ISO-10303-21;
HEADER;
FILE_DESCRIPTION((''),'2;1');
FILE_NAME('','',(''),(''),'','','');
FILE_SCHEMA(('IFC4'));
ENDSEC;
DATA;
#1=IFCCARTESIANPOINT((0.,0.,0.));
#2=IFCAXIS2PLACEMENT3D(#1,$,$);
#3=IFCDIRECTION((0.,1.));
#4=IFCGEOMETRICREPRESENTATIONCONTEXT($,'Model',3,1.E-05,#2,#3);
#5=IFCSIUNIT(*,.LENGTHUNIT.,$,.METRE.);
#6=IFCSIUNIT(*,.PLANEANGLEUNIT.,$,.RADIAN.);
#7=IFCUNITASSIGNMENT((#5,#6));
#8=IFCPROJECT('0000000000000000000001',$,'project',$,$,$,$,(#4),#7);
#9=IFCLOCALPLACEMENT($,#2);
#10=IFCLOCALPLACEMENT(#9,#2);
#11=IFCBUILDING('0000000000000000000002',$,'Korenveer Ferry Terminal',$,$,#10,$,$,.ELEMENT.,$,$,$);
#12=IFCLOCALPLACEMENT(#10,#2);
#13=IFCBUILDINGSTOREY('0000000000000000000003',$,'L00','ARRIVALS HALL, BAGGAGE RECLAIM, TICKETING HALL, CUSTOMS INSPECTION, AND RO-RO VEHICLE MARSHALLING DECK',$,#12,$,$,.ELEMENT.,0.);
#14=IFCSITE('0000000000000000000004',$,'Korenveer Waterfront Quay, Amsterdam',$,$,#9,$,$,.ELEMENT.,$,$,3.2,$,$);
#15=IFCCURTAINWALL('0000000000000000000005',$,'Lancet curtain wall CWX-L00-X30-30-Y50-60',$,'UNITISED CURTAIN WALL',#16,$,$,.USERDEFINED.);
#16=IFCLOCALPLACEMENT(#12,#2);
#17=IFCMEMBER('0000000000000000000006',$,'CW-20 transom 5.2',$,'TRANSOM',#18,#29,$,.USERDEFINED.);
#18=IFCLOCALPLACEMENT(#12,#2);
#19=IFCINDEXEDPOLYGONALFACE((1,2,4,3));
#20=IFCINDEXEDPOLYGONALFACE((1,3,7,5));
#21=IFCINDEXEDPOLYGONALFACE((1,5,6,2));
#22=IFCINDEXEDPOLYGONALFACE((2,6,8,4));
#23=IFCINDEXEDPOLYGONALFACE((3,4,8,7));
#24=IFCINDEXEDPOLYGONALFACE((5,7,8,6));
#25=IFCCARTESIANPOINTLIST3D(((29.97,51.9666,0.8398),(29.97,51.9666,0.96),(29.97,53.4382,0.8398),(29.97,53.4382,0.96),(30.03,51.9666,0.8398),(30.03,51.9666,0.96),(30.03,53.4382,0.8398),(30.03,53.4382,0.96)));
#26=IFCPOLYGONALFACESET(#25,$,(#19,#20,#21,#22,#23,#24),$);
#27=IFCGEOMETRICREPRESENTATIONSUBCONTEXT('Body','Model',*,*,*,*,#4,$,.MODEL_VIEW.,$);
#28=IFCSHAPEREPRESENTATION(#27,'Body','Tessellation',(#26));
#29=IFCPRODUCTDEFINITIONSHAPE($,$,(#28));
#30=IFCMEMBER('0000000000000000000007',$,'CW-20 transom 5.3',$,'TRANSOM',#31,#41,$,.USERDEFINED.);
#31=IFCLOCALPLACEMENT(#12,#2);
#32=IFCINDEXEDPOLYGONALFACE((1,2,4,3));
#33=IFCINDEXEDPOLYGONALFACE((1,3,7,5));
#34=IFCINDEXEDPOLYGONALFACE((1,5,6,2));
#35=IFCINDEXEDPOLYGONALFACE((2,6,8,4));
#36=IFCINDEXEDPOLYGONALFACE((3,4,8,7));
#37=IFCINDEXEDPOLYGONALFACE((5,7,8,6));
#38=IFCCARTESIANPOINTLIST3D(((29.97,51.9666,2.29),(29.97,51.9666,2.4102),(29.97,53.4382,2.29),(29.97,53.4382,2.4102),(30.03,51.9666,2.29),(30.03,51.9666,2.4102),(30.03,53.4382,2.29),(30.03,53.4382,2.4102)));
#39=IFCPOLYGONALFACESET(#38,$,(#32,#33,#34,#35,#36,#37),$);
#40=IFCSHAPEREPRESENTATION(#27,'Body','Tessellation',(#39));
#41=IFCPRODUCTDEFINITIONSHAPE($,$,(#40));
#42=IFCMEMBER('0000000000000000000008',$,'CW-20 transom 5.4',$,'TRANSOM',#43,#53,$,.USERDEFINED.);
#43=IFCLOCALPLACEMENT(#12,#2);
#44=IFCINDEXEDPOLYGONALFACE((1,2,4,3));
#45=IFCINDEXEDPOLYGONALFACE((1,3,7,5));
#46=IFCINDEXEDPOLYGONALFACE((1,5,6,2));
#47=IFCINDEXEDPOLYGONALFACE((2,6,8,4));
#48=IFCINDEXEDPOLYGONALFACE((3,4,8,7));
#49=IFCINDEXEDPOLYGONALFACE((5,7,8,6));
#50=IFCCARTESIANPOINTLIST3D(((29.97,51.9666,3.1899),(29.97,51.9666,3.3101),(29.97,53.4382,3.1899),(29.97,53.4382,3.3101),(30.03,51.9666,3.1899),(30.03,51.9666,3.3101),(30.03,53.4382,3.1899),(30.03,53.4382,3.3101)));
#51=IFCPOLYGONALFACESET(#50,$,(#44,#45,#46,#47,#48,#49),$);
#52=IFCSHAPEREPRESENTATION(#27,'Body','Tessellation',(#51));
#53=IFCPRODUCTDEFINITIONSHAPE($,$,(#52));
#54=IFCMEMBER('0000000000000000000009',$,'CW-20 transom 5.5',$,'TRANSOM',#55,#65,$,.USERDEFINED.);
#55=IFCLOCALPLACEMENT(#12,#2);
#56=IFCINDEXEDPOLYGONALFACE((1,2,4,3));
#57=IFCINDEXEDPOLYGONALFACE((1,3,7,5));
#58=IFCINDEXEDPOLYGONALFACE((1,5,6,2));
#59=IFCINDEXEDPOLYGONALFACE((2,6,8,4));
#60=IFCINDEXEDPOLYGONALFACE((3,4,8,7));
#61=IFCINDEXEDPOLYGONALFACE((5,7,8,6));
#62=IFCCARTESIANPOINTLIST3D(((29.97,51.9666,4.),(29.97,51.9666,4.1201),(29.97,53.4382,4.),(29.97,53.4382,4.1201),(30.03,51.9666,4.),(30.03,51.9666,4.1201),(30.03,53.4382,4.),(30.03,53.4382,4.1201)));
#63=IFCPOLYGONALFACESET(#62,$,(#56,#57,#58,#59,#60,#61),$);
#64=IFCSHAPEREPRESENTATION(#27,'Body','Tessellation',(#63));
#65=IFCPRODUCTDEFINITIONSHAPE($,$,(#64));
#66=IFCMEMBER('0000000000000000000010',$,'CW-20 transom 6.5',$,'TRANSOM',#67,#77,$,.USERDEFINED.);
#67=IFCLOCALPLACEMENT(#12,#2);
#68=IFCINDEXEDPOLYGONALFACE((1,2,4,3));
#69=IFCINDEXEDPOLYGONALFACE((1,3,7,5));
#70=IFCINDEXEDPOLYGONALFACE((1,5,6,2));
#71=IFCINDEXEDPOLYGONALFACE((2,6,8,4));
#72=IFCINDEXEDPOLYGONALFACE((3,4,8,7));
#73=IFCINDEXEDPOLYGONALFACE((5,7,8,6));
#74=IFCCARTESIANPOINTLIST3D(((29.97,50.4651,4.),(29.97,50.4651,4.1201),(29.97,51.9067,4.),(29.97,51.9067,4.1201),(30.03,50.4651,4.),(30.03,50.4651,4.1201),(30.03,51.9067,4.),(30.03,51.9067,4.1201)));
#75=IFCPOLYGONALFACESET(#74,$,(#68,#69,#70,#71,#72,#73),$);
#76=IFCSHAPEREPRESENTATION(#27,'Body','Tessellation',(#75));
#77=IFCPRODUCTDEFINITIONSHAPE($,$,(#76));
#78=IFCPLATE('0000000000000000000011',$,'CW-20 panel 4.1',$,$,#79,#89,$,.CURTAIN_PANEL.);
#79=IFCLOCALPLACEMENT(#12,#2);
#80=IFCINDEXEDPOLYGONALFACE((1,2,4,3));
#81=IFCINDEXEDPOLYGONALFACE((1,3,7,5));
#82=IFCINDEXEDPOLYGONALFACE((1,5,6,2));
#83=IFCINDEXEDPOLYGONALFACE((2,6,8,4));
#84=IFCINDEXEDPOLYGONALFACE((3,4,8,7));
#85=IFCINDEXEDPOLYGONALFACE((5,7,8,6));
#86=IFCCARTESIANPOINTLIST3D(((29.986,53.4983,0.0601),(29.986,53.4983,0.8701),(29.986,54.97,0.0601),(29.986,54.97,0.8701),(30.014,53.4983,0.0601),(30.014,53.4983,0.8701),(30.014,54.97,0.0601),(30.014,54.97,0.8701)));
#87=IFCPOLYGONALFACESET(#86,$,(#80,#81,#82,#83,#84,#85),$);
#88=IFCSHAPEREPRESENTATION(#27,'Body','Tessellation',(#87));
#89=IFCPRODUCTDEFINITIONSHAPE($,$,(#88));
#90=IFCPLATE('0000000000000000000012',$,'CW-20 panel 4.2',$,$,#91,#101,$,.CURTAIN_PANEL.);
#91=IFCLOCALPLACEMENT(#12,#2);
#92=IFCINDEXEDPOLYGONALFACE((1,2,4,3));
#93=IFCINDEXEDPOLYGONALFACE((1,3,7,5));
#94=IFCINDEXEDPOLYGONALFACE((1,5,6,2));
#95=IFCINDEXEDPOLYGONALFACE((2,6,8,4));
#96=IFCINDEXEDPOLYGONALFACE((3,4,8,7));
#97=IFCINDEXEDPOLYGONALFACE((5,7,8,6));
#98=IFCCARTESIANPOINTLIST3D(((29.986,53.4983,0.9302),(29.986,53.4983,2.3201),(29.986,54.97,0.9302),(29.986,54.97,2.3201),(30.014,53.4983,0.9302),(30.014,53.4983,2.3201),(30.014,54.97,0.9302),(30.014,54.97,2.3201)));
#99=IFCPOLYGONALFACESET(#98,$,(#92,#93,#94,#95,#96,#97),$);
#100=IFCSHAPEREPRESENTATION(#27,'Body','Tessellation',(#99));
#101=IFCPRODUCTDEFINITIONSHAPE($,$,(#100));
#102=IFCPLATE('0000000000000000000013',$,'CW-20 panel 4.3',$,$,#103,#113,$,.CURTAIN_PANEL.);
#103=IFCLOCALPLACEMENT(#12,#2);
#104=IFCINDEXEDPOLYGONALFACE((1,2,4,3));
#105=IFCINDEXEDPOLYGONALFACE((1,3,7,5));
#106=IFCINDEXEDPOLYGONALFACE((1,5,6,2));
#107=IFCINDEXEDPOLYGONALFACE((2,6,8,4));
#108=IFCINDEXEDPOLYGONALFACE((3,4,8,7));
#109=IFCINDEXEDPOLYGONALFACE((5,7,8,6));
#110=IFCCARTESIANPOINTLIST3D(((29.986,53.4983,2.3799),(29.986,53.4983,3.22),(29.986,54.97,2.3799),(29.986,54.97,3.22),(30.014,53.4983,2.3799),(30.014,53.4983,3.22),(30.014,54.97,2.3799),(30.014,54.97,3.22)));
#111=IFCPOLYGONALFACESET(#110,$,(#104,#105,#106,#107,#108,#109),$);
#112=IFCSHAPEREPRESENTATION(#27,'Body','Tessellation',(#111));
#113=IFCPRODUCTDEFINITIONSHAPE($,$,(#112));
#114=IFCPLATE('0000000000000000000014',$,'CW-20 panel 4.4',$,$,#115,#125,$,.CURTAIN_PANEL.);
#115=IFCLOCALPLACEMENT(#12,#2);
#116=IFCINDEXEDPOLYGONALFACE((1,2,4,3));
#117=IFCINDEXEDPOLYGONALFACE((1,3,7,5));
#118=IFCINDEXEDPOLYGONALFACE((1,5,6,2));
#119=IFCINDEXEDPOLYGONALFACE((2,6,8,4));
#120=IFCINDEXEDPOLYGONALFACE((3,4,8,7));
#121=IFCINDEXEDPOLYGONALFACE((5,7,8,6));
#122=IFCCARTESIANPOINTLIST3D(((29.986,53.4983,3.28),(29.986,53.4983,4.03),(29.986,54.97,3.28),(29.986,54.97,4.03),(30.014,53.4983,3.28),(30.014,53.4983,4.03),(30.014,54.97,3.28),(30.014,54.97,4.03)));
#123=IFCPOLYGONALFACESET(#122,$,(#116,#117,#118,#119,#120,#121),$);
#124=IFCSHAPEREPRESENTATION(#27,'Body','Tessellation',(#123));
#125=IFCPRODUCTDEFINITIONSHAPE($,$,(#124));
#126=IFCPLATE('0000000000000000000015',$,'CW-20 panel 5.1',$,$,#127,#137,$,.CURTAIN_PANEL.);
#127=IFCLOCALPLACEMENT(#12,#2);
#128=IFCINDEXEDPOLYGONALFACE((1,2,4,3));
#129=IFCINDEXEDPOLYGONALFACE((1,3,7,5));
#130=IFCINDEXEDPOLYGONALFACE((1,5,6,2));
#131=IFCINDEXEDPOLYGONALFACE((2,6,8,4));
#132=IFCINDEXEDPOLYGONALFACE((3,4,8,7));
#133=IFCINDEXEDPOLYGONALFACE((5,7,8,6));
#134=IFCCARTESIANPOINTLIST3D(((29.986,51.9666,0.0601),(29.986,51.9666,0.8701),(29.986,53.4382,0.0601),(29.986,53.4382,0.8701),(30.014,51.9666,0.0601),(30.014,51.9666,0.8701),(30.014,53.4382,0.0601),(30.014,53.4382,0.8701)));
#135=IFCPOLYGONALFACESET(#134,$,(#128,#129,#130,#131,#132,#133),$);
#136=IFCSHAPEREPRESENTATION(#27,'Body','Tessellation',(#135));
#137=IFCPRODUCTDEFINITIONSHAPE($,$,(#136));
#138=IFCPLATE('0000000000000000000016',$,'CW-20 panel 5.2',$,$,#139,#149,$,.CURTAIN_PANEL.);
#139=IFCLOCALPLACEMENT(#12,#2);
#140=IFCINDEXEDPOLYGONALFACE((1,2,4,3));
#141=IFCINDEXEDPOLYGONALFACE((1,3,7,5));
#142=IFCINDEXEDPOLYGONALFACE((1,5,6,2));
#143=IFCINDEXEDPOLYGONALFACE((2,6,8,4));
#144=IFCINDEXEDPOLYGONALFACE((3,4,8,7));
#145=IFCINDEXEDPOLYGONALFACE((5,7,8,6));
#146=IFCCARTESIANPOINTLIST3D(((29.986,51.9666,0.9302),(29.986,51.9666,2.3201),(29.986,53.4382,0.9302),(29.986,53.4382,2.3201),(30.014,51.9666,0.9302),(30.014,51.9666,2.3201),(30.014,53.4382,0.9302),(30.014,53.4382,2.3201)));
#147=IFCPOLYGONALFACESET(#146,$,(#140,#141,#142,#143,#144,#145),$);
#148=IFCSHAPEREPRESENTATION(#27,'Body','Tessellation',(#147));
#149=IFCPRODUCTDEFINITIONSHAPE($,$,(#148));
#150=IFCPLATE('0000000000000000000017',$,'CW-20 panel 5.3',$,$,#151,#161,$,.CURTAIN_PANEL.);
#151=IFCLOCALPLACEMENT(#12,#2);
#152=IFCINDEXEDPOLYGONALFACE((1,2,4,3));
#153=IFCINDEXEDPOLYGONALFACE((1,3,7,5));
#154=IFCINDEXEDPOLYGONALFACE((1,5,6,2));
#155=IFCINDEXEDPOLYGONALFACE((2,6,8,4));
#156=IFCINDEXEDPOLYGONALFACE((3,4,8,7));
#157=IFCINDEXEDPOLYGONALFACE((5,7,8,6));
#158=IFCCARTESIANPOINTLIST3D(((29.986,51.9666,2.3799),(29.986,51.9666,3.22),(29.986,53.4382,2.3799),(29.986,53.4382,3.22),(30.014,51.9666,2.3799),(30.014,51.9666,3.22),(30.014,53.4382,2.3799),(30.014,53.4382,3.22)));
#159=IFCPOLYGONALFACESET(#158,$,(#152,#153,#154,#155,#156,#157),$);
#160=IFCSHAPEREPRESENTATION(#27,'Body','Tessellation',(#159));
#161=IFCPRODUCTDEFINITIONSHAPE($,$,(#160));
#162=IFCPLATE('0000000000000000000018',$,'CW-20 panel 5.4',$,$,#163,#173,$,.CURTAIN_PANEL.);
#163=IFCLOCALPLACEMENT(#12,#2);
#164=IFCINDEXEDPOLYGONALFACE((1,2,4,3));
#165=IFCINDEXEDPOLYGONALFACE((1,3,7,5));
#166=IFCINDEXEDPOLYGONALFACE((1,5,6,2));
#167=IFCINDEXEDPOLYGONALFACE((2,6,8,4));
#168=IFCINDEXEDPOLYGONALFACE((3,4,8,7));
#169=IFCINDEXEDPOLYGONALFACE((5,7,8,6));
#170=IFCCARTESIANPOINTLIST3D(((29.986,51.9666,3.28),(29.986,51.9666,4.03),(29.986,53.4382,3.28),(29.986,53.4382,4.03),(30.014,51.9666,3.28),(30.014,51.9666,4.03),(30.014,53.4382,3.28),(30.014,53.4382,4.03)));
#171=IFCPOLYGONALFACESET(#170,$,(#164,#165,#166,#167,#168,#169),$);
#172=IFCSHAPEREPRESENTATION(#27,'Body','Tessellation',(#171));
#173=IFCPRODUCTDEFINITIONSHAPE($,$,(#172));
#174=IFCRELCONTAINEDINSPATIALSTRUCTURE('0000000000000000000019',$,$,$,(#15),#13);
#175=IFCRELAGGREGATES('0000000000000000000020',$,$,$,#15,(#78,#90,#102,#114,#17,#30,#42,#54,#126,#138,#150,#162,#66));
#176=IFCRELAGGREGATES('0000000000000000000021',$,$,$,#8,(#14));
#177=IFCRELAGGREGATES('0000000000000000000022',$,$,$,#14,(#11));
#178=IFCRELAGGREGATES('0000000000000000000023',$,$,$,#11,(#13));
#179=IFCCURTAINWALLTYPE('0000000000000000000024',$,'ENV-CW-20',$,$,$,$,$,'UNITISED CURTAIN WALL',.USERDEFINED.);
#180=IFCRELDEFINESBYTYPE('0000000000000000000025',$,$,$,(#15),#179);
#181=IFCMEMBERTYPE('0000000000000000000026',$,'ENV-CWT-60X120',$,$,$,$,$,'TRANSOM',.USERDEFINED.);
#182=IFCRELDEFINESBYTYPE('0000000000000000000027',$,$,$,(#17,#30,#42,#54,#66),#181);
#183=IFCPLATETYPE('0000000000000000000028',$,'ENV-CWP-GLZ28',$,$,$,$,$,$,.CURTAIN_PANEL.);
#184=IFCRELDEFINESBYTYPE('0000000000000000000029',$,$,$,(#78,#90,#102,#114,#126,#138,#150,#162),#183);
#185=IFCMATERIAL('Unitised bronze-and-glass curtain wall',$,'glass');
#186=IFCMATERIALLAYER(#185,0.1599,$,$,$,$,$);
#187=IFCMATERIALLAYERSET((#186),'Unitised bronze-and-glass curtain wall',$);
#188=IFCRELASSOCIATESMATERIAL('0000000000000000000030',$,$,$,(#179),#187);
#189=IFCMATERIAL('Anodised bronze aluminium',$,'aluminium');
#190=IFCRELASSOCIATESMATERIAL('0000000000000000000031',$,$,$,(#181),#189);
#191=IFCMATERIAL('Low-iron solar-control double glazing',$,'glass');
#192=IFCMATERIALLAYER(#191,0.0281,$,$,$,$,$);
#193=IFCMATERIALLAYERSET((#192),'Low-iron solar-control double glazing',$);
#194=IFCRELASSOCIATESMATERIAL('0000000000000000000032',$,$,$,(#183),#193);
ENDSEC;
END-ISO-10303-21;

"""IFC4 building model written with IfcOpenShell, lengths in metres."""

from ifc_helpers import new_model, si_unit, direction, frame, origin, origin_2d, place, context, subcontext, project, spatial, rectangle, extrude, material, layer, layer_set, material_profile, profile_set, type_object, element, aggregate, save


model = new_model("IFC4")

# Units and contexts
model_context = context("Model", 3, precision=1e-05, world=origin(), true_north=direction((0.0, 1.0)))
body_context = subcontext(model_context, "Body", "Model", "MODEL_VIEW")
ifc_project = project(units=[si_unit("LENGTHUNIT", "METRE"), si_unit("PLANEANGLEUNIT", "RADIAN")], contexts=[model_context])

# Site, building, storey
site_placement = place(None, origin())
site = spatial("IfcSite", under=ifc_project, at=site_placement, Name="Korenveer Waterfront Quay, Amsterdam", CompositionType="ELEMENT", RefElevation=3.2)
building_placement = place(site_placement, origin())
building = spatial("IfcBuilding", under=site, at=building_placement, Name="Korenveer Ferry Terminal", CompositionType="ELEMENT")
storey_placement = place(building_placement, origin())
storey = spatial("IfcBuildingStorey", under=building, at=storey_placement, Name="L00", Description="ARRIVALS HALL, BAGGAGE RECLAIM, TICKETING HALL, CUSTOMS INSPECTION, AND RO-RO VEHICLE MARSHALLING DECK", CompositionType="ELEMENT", Elevation=0.0)

# Curtain wall, members, plates
ifc_material_1 = material(Name="Unitised bronze-and-glass curtain wall", Category="glass")
ifc_layer_1 = layer(ifc_material_1, 0.1599)
ifc_layer_set_1 = layer_set([ifc_layer_1], Name="Unitised bronze-and-glass curtain wall")
curtain_wall_type = type_object("IfcCurtainWallType", Name="ENV-CW-20", ElementType="UNITISED CURTAIN WALL", PredefinedType="USERDEFINED", material=ifc_layer_set_1)
curtain_wall_placement = place(storey_placement, frame((30.0, 59.595, 0.0)))
curtain_wall = element("IfcCurtainWall", 1, at=curtain_wall_placement, inside=storey, type_object=curtain_wall_type, Name="Lancet curtain wall CWX-L00-X30-30-Y50-60", ObjectType="UNITISED CURTAIN WALL", PredefinedType="USERDEFINED")
ifc_material_2 = material(Name="Anodised bronze aluminium", Category="aluminium")
ifc_material_profile_1 = material_profile(ifc_material_2, rectangle(XDim=0.0601, YDim=0.1201, at=origin_2d()), Name="ALU 60x120")
ifc_profile_set_1 = profile_set([ifc_material_profile_1], Name="Anodised bronze aluminium")
member_type_1 = type_object("IfcMemberType", Name="ENV-CWT-60X120", ElementType="TRANSOM", PredefinedType="USERDEFINED", material=ifc_profile_set_1)
member_1_placement = place(storey_placement, frame((30.0, 53.4382, 0.8999), z_axis=(0.0, -1.0, 0.0), x_axis=(1.0, 0.0, 0.0)))
member_1 = element("IfcMember", 2, at=member_1_placement, type_object=member_type_1, Name="CW-20 transom 5.2", ObjectType="TRANSOM", PredefinedType="USERDEFINED", context=body_context, shape_type="SweptSolid", body=[
    extrude(rectangle(XDim=0.0601, YDim=0.1201, at=origin_2d()), origin(), (0.0, 0.0, 1.0), 1.4717),
])
member_2_placement = place(storey_placement, frame((30.0, 53.4382, 2.3501), z_axis=(0.0, -1.0, 0.0), x_axis=(1.0, 0.0, 0.0)))
member_2 = element("IfcMember", 3, at=member_2_placement, type_object=member_type_1, Name="CW-20 transom 5.3", ObjectType="TRANSOM", PredefinedType="USERDEFINED", context=body_context, shape_type="SweptSolid", body=[
    extrude(rectangle(XDim=0.0601, YDim=0.1201, at=origin_2d()), origin(), (0.0, 0.0, 1.0), 1.4717),
])
member_3_placement = place(storey_placement, frame((30.0, 53.4382, 3.25), z_axis=(0.0, -1.0, 0.0), x_axis=(1.0, 0.0, 0.0)))
member_3 = element("IfcMember", 4, at=member_3_placement, type_object=member_type_1, Name="CW-20 transom 5.4", ObjectType="TRANSOM", PredefinedType="USERDEFINED", context=body_context, shape_type="SweptSolid", body=[
    extrude(rectangle(XDim=0.0601, YDim=0.1201, at=origin_2d()), origin(), (0.0, 0.0, 1.0), 1.4717),
])
member_4_placement = place(storey_placement, frame((30.0, 53.4382, 4.0601), z_axis=(0.0, -1.0, 0.0), x_axis=(1.0, 0.0, 0.0)))
member_4 = element("IfcMember", 5, at=member_4_placement, type_object=member_type_1, Name="CW-20 transom 5.5", ObjectType="TRANSOM", PredefinedType="USERDEFINED", context=body_context, shape_type="SweptSolid", body=[
    extrude(rectangle(XDim=0.0601, YDim=0.1201, at=origin_2d()), origin(), (0.0, 0.0, 1.0), 1.4717),
])
member_5_placement = place(storey_placement, frame((30.0, 51.9067, 4.0601), z_axis=(0.0, -1.0, 0.0), x_axis=(1.0, 0.0, 0.0)))
member_5 = element("IfcMember", 6, at=member_5_placement, type_object=member_type_1, Name="CW-20 transom 6.5", ObjectType="TRANSOM", PredefinedType="USERDEFINED", context=body_context, shape_type="SweptSolid", body=[
    extrude(rectangle(XDim=0.0601, YDim=0.1201, at=origin_2d()), origin(), (0.0, 0.0, 1.0), 1.4417),
])
ifc_material_3 = material(Name="Low-iron solar-control double glazing", Category="glass")
ifc_layer_2 = layer(ifc_material_3, 0.0281)
ifc_layer_set_2 = layer_set([ifc_layer_2], Name="Low-iron solar-control double glazing")
plate_type = type_object("IfcPlateType", Name="ENV-CWP-GLZ28", PredefinedType="CURTAIN_PANEL", material=ifc_layer_set_2)
plate_1_placement = place(storey_placement, frame((30.0, 54.2341, 0.0601), z_axis=(0.0, 0.0, 1.0), x_axis=(0.0, -1.0, 0.0)))
plate_1 = element("IfcPlate", 7, at=plate_1_placement, type_object=plate_type, Name="CW-20 panel 4.1", PredefinedType="CURTAIN_PANEL", context=body_context, shape_type="SweptSolid", body=[
    extrude(rectangle(XDim=1.4717, YDim=0.0281, at=origin_2d()), origin(), (0.0, 0.0, 1.0), 0.8101),
])
plate_2_placement = place(storey_placement, frame((30.0, 54.2341, 0.9302), z_axis=(0.0, 0.0, 1.0), x_axis=(0.0, -1.0, 0.0)))
plate_2 = element("IfcPlate", 8, at=plate_2_placement, type_object=plate_type, Name="CW-20 panel 4.2", PredefinedType="CURTAIN_PANEL", context=body_context, shape_type="SweptSolid", body=[
    extrude(rectangle(XDim=1.4717, YDim=0.0281, at=origin_2d()), origin(), (0.0, 0.0, 1.0), 1.3899),
])
plate_3_placement = place(storey_placement, frame((30.0, 54.2341, 2.3799), z_axis=(0.0, 0.0, 1.0), x_axis=(0.0, -1.0, 0.0)))
plate_3 = element("IfcPlate", 9, at=plate_3_placement, type_object=plate_type, Name="CW-20 panel 4.3", PredefinedType="CURTAIN_PANEL", context=body_context, shape_type="SweptSolid", body=[
    extrude(rectangle(XDim=1.4717, YDim=0.0281, at=origin_2d()), origin(), (0.0, 0.0, 1.0), 0.8401),
])
plate_4_placement = place(storey_placement, frame((30.0, 54.2341, 3.28), z_axis=(0.0, 0.0, 1.0), x_axis=(0.0, -1.0, 0.0)))
plate_4 = element("IfcPlate", 10, at=plate_4_placement, type_object=plate_type, Name="CW-20 panel 4.4", PredefinedType="CURTAIN_PANEL", context=body_context, shape_type="SweptSolid", body=[
    extrude(rectangle(XDim=1.4717, YDim=0.0281, at=origin_2d()), origin(), (0.0, 0.0, 1.0), 0.75),
])
plate_5_placement = place(storey_placement, frame((30.0, 52.7024, 0.0601), z_axis=(0.0, 0.0, 1.0), x_axis=(0.0, -1.0, 0.0)))
plate_5 = element("IfcPlate", 11, at=plate_5_placement, type_object=plate_type, Name="CW-20 panel 5.1", PredefinedType="CURTAIN_PANEL", context=body_context, shape_type="SweptSolid", body=[
    extrude(rectangle(XDim=1.4717, YDim=0.0281, at=origin_2d()), origin(), (0.0, 0.0, 1.0), 0.8101),
])
plate_6_placement = place(storey_placement, frame((30.0, 52.7024, 0.9302), z_axis=(0.0, 0.0, 1.0), x_axis=(0.0, -1.0, 0.0)))
plate_6 = element("IfcPlate", 12, at=plate_6_placement, type_object=plate_type, Name="CW-20 panel 5.2", PredefinedType="CURTAIN_PANEL", context=body_context, shape_type="SweptSolid", body=[
    extrude(rectangle(XDim=1.4717, YDim=0.0281, at=origin_2d()), origin(), (0.0, 0.0, 1.0), 1.3899),
])
plate_7_placement = place(storey_placement, frame((30.0, 52.7024, 2.3799), z_axis=(0.0, 0.0, 1.0), x_axis=(0.0, -1.0, 0.0)))
plate_7 = element("IfcPlate", 13, at=plate_7_placement, type_object=plate_type, Name="CW-20 panel 5.3", PredefinedType="CURTAIN_PANEL", context=body_context, shape_type="SweptSolid", body=[
    extrude(rectangle(XDim=1.4717, YDim=0.0281, at=origin_2d()), origin(), (0.0, 0.0, 1.0), 0.8401),
])
plate_8_placement = place(storey_placement, frame((30.0, 52.7024, 3.28), z_axis=(0.0, 0.0, 1.0), x_axis=(0.0, -1.0, 0.0)))
plate_8 = element("IfcPlate", 14, at=plate_8_placement, type_object=plate_type, Name="CW-20 panel 5.4", PredefinedType="CURTAIN_PANEL", context=body_context, shape_type="SweptSolid", body=[
    extrude(rectangle(XDim=1.4717, YDim=0.0281, at=origin_2d()), origin(), (0.0, 0.0, 1.0), 0.75),
])
aggregate(curtain_wall, [plate_1, plate_2, plate_3, plate_4, member_1, member_2, member_3, member_4, plate_5, plate_6, plate_7, plate_8, member_5])

save(model, "model.ifc")
